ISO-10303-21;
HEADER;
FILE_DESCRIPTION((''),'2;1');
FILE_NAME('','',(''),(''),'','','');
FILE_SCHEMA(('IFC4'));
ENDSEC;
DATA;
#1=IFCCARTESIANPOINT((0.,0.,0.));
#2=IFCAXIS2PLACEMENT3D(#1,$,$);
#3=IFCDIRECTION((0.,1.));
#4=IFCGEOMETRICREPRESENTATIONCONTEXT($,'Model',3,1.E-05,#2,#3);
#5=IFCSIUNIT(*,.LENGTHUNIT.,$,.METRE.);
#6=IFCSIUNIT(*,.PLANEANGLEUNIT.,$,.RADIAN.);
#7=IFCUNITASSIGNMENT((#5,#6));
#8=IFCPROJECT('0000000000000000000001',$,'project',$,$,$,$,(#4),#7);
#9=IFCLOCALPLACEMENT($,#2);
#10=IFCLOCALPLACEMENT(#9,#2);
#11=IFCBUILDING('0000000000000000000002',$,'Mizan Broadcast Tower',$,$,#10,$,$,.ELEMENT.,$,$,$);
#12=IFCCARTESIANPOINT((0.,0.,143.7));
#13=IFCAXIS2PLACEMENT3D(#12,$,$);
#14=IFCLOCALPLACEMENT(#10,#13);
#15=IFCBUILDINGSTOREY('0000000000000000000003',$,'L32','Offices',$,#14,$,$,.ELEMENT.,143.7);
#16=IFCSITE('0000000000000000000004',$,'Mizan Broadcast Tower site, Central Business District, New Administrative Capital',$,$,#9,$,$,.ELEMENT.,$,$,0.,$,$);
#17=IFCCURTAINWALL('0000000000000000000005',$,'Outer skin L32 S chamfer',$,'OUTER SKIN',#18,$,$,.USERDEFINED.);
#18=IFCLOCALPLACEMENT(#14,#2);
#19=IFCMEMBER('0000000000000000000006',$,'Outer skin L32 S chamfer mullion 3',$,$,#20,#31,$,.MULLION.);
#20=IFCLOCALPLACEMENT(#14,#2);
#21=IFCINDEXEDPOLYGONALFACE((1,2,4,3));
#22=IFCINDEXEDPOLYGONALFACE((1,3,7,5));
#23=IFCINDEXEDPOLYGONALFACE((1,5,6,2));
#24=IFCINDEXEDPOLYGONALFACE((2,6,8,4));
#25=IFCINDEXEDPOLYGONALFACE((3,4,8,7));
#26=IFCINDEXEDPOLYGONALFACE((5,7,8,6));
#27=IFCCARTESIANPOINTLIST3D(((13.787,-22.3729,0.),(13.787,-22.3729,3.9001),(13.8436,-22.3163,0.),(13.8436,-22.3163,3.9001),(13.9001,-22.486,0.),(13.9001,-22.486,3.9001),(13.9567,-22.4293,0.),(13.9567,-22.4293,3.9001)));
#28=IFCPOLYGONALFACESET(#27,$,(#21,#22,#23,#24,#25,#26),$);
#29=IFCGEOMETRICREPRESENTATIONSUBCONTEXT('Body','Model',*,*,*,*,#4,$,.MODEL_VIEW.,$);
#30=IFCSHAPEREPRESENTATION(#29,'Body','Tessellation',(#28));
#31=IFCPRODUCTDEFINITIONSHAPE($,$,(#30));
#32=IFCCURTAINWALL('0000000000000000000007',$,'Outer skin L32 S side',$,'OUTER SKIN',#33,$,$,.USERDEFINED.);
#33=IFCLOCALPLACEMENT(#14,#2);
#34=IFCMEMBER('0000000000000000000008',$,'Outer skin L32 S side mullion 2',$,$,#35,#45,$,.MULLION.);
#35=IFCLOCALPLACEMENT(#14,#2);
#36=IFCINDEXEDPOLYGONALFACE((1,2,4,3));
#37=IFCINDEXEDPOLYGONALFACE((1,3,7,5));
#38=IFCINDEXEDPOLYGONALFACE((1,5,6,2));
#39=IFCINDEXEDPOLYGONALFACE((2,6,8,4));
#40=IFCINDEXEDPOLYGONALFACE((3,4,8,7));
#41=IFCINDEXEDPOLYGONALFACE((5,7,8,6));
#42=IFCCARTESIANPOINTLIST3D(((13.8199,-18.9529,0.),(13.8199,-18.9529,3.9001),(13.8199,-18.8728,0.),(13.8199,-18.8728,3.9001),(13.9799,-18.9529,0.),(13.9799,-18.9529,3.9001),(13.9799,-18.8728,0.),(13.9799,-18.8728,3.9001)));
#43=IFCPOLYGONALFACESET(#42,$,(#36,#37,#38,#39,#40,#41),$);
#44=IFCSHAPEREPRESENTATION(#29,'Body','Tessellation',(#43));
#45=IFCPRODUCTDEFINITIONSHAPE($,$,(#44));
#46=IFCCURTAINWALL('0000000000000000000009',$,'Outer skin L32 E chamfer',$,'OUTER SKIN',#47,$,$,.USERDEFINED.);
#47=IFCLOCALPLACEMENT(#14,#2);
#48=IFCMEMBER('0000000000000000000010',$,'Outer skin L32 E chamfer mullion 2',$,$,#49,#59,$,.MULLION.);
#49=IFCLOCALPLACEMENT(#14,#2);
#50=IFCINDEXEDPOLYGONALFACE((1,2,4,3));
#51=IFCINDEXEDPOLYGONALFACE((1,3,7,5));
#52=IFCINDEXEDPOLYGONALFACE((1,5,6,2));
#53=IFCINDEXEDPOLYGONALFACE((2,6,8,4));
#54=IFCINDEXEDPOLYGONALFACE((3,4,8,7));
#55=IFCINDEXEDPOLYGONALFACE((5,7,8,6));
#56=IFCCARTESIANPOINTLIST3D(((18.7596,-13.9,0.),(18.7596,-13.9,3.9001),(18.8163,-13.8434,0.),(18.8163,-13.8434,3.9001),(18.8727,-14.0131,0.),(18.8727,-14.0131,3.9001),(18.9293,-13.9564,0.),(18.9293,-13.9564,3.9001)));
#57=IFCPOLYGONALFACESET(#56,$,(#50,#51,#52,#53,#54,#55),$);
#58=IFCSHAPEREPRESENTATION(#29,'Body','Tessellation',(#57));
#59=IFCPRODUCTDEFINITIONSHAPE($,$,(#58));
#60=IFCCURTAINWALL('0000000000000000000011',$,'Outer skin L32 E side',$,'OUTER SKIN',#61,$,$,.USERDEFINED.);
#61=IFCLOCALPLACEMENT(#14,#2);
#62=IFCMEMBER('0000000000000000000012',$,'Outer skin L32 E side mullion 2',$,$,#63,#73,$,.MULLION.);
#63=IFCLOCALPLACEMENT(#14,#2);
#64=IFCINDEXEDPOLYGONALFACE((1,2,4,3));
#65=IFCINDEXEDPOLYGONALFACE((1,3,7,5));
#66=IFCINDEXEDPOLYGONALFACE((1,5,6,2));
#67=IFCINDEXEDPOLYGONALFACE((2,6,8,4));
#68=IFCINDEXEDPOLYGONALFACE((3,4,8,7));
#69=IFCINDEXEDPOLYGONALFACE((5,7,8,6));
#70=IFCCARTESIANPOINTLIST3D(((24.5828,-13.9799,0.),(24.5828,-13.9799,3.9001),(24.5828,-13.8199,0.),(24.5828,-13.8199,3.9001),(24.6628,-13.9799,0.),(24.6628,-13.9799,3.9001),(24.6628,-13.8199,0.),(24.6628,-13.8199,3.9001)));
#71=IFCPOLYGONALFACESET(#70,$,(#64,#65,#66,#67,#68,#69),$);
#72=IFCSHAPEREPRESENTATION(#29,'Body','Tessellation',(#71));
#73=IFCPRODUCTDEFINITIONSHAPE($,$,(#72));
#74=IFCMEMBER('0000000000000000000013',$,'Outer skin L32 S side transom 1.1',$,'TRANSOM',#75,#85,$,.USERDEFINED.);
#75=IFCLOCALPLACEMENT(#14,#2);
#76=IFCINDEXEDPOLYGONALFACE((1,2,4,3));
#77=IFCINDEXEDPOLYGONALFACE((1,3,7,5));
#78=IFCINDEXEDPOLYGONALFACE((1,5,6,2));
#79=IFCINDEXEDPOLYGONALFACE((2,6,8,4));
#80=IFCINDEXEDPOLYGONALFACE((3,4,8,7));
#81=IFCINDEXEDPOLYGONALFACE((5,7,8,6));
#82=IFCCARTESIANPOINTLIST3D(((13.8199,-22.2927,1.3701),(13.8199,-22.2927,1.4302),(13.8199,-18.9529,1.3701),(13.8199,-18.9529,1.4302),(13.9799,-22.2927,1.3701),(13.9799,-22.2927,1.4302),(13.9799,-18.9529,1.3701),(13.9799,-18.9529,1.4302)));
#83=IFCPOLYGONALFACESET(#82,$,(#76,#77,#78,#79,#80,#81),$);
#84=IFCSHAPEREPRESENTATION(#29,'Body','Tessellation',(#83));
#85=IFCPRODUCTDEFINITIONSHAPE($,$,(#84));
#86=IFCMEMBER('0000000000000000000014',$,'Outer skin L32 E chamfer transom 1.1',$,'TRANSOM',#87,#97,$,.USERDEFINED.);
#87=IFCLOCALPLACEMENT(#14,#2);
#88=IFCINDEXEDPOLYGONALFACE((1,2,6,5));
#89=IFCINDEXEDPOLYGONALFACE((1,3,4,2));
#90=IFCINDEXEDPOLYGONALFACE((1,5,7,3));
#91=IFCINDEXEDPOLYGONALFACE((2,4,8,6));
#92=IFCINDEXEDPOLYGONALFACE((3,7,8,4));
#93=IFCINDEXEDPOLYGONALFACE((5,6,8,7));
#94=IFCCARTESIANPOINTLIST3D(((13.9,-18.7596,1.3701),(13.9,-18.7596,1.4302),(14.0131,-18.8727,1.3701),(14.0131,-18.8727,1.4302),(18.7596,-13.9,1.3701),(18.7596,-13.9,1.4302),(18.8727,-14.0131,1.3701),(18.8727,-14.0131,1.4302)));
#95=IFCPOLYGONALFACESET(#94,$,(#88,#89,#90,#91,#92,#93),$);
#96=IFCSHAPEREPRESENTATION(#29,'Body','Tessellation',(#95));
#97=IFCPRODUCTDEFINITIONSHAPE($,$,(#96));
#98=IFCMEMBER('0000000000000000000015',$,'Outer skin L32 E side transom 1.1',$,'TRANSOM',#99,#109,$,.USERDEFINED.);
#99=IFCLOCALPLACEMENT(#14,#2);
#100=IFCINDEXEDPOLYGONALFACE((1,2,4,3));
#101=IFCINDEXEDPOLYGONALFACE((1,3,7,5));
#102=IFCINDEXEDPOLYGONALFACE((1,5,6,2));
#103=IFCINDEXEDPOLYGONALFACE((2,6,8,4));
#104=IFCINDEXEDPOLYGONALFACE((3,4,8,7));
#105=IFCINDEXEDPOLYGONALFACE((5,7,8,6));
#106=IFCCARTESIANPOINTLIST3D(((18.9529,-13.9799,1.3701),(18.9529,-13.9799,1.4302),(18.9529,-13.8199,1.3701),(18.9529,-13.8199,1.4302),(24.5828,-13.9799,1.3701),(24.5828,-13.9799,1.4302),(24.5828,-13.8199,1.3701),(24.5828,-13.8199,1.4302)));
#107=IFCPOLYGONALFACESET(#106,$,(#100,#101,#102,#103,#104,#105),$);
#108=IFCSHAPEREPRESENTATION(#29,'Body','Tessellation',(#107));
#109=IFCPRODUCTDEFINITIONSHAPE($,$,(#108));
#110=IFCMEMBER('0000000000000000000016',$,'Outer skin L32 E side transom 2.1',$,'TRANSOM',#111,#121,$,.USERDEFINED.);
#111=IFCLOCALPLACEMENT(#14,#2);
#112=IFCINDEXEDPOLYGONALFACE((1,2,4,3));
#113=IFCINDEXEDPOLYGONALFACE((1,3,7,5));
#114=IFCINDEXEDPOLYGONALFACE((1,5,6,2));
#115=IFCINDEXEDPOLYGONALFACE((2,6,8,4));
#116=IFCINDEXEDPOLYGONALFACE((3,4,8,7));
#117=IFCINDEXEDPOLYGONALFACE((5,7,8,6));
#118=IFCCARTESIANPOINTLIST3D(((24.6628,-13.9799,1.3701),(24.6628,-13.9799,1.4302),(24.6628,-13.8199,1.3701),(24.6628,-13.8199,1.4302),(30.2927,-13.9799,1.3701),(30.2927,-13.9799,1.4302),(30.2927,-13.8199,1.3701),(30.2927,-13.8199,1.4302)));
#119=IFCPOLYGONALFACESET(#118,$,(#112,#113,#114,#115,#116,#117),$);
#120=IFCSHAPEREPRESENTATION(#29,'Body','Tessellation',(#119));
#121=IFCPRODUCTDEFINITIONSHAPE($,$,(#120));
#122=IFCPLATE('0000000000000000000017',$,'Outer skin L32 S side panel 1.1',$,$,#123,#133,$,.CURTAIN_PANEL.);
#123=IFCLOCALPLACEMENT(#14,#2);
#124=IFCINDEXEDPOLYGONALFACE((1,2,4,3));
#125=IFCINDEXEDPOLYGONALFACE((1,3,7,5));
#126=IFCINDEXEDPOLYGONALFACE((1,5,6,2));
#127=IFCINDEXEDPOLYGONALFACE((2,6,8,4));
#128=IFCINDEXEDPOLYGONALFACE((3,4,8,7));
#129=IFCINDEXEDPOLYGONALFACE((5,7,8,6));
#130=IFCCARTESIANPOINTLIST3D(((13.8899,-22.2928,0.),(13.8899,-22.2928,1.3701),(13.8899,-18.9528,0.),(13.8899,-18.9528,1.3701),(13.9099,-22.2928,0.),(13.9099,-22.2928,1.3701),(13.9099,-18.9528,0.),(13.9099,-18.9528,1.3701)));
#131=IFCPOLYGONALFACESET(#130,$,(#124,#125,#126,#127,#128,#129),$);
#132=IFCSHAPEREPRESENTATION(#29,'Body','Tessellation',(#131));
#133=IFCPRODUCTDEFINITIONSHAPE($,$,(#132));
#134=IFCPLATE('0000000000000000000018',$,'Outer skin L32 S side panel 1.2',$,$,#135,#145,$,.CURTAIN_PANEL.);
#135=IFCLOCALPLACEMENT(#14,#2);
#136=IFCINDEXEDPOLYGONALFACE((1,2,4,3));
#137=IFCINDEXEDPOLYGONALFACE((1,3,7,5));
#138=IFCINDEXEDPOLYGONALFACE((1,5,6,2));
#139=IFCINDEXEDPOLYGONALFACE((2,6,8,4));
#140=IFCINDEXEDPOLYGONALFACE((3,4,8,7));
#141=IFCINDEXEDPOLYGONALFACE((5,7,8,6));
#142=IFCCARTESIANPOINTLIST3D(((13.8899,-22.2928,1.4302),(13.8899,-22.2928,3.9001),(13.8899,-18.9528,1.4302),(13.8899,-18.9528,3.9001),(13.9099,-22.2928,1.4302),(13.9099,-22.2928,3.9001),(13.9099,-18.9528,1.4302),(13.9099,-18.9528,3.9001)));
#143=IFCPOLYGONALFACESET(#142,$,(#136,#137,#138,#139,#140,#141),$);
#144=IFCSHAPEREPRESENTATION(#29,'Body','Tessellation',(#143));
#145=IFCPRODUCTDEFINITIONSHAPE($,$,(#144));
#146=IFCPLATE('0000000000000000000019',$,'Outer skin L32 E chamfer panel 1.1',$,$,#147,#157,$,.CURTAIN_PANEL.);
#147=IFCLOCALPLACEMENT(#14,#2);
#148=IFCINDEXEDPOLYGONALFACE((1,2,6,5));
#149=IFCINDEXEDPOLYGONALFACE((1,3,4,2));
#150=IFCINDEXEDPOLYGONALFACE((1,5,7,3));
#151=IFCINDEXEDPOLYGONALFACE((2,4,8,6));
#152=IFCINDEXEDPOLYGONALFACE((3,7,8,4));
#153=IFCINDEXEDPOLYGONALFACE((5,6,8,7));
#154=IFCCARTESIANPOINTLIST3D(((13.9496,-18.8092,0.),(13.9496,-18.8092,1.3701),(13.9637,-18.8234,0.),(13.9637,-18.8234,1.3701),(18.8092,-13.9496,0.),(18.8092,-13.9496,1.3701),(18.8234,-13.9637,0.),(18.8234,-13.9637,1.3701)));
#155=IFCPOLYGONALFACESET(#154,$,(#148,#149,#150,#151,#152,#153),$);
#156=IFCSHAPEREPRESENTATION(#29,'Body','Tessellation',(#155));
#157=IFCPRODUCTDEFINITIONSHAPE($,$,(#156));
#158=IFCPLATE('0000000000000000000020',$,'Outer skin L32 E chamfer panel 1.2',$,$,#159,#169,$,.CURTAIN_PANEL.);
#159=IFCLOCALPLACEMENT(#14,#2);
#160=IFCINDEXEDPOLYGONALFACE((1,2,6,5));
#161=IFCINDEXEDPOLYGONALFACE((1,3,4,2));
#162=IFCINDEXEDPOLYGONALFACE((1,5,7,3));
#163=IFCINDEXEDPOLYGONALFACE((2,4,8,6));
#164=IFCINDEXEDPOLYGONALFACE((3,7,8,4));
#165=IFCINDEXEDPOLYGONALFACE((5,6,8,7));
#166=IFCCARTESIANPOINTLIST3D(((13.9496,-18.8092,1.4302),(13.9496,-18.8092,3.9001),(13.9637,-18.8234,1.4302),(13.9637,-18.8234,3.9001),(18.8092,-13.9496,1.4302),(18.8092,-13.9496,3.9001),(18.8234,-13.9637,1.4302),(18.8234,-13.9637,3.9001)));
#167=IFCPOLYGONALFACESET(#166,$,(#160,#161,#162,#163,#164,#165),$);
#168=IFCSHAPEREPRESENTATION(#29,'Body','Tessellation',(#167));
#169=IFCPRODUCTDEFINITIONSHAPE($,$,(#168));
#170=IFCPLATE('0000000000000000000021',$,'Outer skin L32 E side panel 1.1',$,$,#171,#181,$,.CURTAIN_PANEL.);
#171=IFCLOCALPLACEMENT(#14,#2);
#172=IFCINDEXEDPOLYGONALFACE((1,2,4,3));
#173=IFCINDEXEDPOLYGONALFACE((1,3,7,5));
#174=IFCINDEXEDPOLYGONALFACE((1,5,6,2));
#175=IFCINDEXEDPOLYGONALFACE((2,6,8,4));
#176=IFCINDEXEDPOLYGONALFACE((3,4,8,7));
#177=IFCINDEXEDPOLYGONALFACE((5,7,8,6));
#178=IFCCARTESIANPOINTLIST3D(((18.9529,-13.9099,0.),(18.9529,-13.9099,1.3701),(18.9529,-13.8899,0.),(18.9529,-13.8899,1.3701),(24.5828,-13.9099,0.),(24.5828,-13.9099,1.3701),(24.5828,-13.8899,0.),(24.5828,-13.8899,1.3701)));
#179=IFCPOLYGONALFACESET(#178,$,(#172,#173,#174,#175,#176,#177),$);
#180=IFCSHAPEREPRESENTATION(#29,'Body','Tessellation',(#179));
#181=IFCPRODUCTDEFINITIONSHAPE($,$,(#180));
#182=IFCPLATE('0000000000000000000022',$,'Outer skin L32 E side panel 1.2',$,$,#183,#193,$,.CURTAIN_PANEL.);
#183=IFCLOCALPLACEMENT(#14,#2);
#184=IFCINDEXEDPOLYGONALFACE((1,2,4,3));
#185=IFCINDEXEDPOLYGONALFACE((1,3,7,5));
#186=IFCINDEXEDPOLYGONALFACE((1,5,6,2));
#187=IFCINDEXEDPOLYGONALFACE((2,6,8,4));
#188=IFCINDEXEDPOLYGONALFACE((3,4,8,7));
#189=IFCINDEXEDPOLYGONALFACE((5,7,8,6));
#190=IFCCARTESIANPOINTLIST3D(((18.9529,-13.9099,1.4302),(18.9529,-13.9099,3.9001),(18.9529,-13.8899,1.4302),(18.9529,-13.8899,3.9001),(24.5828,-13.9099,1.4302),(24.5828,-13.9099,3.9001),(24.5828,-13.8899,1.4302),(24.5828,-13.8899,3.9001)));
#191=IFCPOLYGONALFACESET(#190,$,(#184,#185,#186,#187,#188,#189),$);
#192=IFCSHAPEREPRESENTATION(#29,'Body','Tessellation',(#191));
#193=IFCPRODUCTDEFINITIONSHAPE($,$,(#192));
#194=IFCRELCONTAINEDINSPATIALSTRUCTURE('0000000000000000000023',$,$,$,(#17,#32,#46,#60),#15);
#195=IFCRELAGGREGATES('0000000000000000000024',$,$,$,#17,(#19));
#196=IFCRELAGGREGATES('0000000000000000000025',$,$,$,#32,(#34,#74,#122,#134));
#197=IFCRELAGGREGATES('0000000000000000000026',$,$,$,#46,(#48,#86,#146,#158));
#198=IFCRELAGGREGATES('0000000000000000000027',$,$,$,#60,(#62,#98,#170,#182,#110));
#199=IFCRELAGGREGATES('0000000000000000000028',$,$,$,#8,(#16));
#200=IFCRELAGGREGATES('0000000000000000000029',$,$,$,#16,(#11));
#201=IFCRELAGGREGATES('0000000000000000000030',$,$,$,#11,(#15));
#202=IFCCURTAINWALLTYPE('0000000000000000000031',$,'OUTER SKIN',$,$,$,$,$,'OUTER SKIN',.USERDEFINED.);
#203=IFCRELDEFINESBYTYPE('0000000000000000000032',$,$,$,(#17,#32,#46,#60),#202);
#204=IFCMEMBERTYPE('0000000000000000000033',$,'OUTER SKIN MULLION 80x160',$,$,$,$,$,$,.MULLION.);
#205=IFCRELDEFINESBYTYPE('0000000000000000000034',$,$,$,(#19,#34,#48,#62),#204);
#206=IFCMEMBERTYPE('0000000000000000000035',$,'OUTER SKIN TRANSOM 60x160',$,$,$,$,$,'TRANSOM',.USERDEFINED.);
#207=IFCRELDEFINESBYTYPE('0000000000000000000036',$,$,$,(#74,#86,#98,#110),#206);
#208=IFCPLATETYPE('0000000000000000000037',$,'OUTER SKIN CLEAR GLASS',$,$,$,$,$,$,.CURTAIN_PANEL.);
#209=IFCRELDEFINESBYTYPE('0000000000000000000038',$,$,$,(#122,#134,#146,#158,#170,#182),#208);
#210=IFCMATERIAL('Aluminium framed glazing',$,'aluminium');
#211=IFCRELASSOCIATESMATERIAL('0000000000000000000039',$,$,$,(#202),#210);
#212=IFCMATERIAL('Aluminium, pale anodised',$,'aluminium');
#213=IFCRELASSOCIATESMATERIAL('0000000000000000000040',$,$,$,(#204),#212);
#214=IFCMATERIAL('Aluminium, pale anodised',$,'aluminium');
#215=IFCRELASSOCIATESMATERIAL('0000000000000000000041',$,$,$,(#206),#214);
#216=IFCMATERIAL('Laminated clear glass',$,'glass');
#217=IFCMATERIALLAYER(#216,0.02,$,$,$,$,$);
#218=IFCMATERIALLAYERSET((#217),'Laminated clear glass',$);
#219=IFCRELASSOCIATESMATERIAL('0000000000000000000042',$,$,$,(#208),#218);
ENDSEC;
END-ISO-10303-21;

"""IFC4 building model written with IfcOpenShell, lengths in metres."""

from ifc_helpers import new_model, si_unit, direction, frame, origin, origin_2d, place, context, subcontext, project, spatial, rectangle, extrude, material, layer, layer_set, material_profile, profile_set, type_object, element, aggregate, save


model = new_model("IFC4")

# Units and contexts
model_context = context("Model", 3, precision=1e-05, world=origin(), true_north=direction((0.0, 1.0)))
body_context = subcontext(model_context, "Body", "Model", "MODEL_VIEW")
ifc_project = project(units=[si_unit("LENGTHUNIT", "METRE"), si_unit("PLANEANGLEUNIT", "RADIAN")], contexts=[model_context])

# Site, building, storey
site_placement = place(None, origin())
site = spatial("IfcSite", under=ifc_project, at=site_placement, Name="Mizan Broadcast Tower site, Central Business District, New Administrative Capital", CompositionType="ELEMENT", RefElevation=0.0)
building_placement = place(site_placement, origin())
building = spatial("IfcBuilding", under=site, at=building_placement, Name="Mizan Broadcast Tower", CompositionType="ELEMENT")
storey_placement = place(building_placement, frame((0.0, 0.0, 143.7)))
storey = spatial("IfcBuildingStorey", under=building, at=storey_placement, Name="L32", Description="Offices", CompositionType="ELEMENT", Elevation=143.7)

# Curtain walls, members
ifc_material_1 = material(Name="Aluminium framed glazing", Category="aluminium")
curtain_wall_type = type_object("IfcCurtainWallType", Name="OUTER SKIN", ElementType="OUTER SKIN", PredefinedType="USERDEFINED", material=ifc_material_1)
curtain_wall_1_placement = place(storey_placement, origin())
curtain_wall_1 = element("IfcCurtainWall", 1, at=curtain_wall_1_placement, inside=storey, type_object=curtain_wall_type, Name="Outer skin L32 S chamfer", ObjectType="OUTER SKIN", PredefinedType="USERDEFINED")
ifc_material_2 = material(Name="Aluminium, pale anodised", Category="aluminium")
ifc_material_profile_1 = material_profile(ifc_material_2, rectangle(XDim=0.1599, YDim=0.0801, at=origin_2d()), Name="MULLION 160x80")
ifc_profile_set_1 = profile_set([ifc_material_profile_1], Name="Aluminium, pale anodised")
member_type_1 = type_object("IfcMemberType", Name="OUTER SKIN MULLION 80x160", PredefinedType="MULLION", material=ifc_profile_set_1)
member_1_placement = place(storey_placement, frame((13.8718, -22.4011, 0.0), z_axis=(0.0, 0.0, 1.0), x_axis=(-0.707107, 0.707107, 0.0)))
member_1 = element("IfcMember", 2, at=member_1_placement, type_object=member_type_1, Name="Outer skin L32 S chamfer mullion 3", PredefinedType="MULLION", context=body_context, shape_type="SweptSolid", body=[
    extrude(rectangle(XDim=0.1599, YDim=0.0801, at=origin_2d()), origin(), (0.0, 0.0, 1.0), 3.9001),
])
aggregate(curtain_wall_1, [member_1])
curtain_wall_2_placement = place(storey_placement, origin())
curtain_wall_2 = element("IfcCurtainWall", 3, at=curtain_wall_2_placement, inside=storey, type_object=curtain_wall_type, Name="Outer skin L32 S side", ObjectType="OUTER SKIN", PredefinedType="USERDEFINED")
member_2_placement = place(storey_placement, frame((13.8999, -18.9128, 0.0), z_axis=(0.0, 0.0, 1.0), x_axis=(-1.0, 0.0, 0.0)))
member_2 = element("IfcMember", 4, at=member_2_placement, type_object=member_type_1, Name="Outer skin L32 S side mullion 2", PredefinedType="MULLION", context=body_context, shape_type="SweptSolid", body=[
    extrude(rectangle(XDim=0.1599, YDim=0.0801, at=origin_2d()), origin(), (0.0, 0.0, 1.0), 3.9001),
])
curtain_wall_3_placement = place(storey_placement, origin())
curtain_wall_3 = element("IfcCurtainWall", 5, at=curtain_wall_3_placement, inside=storey, type_object=curtain_wall_type, Name="Outer skin L32 E chamfer", ObjectType="OUTER SKIN", PredefinedType="USERDEFINED")
member_3_placement = place(storey_placement, frame((18.8445, -13.9282, 0.0), z_axis=(0.0, 0.0, 1.0), x_axis=(-0.707107, 0.707107, 0.0)))
member_3 = element("IfcMember", 6, at=member_3_placement, type_object=member_type_1, Name="Outer skin L32 E chamfer mullion 2", PredefinedType="MULLION", context=body_context, shape_type="SweptSolid", body=[
    extrude(rectangle(XDim=0.1599, YDim=0.0801, at=origin_2d()), origin(), (0.0, 0.0, 1.0), 3.9001),
])
curtain_wall_4_placement = place(storey_placement, origin())
curtain_wall_4 = element("IfcCurtainWall", 7, at=curtain_wall_4_placement, inside=storey, type_object=curtain_wall_type, Name="Outer skin L32 E side", ObjectType="OUTER SKIN", PredefinedType="USERDEFINED")
member_4_placement = place(storey_placement, frame((24.6228, -13.8999, 0.0), z_axis=(0.0, 0.0, 1.0), x_axis=(0.0, 1.0, 0.0)))
member_4 = element("IfcMember", 8, at=member_4_placement, type_object=member_type_1, Name="Outer skin L32 E side mullion 2", PredefinedType="MULLION", context=body_context, shape_type="SweptSolid", body=[
    extrude(rectangle(XDim=0.1599, YDim=0.0801, at=origin_2d()), origin(), (0.0, 0.0, 1.0), 3.9001),
])

# Members
ifc_material_3 = material(Name="Aluminium, pale anodised", Category="aluminium")
ifc_material_profile_2 = material_profile(ifc_material_3, rectangle(XDim=0.1599, YDim=0.0601, at=origin_2d()), Name="TRANSOM 160x60")
ifc_profile_set_2 = profile_set([ifc_material_profile_2], Name="Aluminium, pale anodised")
member_type_2 = type_object("IfcMemberType", Name="OUTER SKIN TRANSOM 60x160", ElementType="TRANSOM", PredefinedType="USERDEFINED", material=ifc_profile_set_2)
member_5_placement = place(storey_placement, frame((13.8999, -22.2927, 1.4001), z_axis=(0.0, 1.0, 0.0), x_axis=(-1.0, 0.0, 0.0)))
member_5 = element("IfcMember", 9, at=member_5_placement, type_object=member_type_2, Name="Outer skin L32 S side transom 1.1", ObjectType="TRANSOM", PredefinedType="USERDEFINED", context=body_context, shape_type="SweptSolid", body=[
    extrude(rectangle(XDim=0.1599, YDim=0.0601, at=origin_2d()), origin(), (0.0, 0.0, 1.0), 3.3398),
])
member_6_placement = place(storey_placement, frame((13.9565, -18.8162, 1.4001), z_axis=(0.707107, 0.707107, 0.0), x_axis=(-0.707107, 0.707107, 0.0)))
member_6 = element("IfcMember", 10, at=member_6_placement, type_object=member_type_2, Name="Outer skin L32 E chamfer transom 1.1", ObjectType="TRANSOM", PredefinedType="USERDEFINED", context=body_context, shape_type="SweptSolid", body=[
    extrude(rectangle(XDim=0.1599, YDim=0.0601, at=origin_2d()), origin(), (0.0, 0.0, 1.0), 6.8726),
])
member_7_placement = place(storey_placement, frame((18.9529, -13.8999, 1.4001), z_axis=(1.0, 0.0, 0.0), x_axis=(0.0, 1.0, 0.0)))
member_7 = element("IfcMember", 11, at=member_7_placement, type_object=member_type_2, Name="Outer skin L32 E side transom 1.1", ObjectType="TRANSOM", PredefinedType="USERDEFINED", context=body_context, shape_type="SweptSolid", body=[
    extrude(rectangle(XDim=0.1599, YDim=0.0601, at=origin_2d()), origin(), (0.0, 0.0, 1.0), 5.6299),
])
member_8_placement = place(storey_placement, frame((24.6628, -13.8999, 1.4001), z_axis=(1.0, 0.0, 0.0), x_axis=(0.0, 1.0, 0.0)))
member_8 = element("IfcMember", 12, at=member_8_placement, type_object=member_type_2, Name="Outer skin L32 E side transom 2.1", ObjectType="TRANSOM", PredefinedType="USERDEFINED", context=body_context, shape_type="SweptSolid", body=[
    extrude(rectangle(XDim=0.1599, YDim=0.0601, at=origin_2d()), origin(), (0.0, 0.0, 1.0), 5.6299),
])

# Plates
ifc_material_4 = material(Name="Laminated clear glass", Category="glass")
ifc_layer = layer(ifc_material_4, 0.02)
ifc_layer_set = layer_set([ifc_layer], Name="Laminated clear glass")
plate_type = type_object("IfcPlateType", Name="OUTER SKIN CLEAR GLASS", PredefinedType="CURTAIN_PANEL", material=ifc_layer_set)
plate_1_placement = place(storey_placement, frame((13.8999, -20.6228, 0.0), z_axis=(0.0, 0.0, 1.0), x_axis=(0.0, 1.0, 0.0)))
plate_1 = element("IfcPlate", 13, at=plate_1_placement, type_object=plate_type, Name="Outer skin L32 S side panel 1.1", PredefinedType="CURTAIN_PANEL", context=body_context, shape_type="SweptSolid", body=[
    extrude(rectangle(XDim=3.3401, YDim=0.02, at=origin_2d()), origin(), (0.0, 0.0, 1.0), 1.3701),
])
plate_2_placement = place(storey_placement, frame((13.8999, -20.6228, 1.4302), z_axis=(0.0, 0.0, 1.0), x_axis=(0.0, 1.0, 0.0)))
plate_2 = element("IfcPlate", 14, at=plate_2_placement, type_object=plate_type, Name="Outer skin L32 S side panel 1.2", PredefinedType="CURTAIN_PANEL", context=body_context, shape_type="SweptSolid", body=[
    extrude(rectangle(XDim=3.3401, YDim=0.02, at=origin_2d()), origin(), (0.0, 0.0, 1.0), 2.47),
])
aggregate(curtain_wall_2, [member_2, member_5, plate_1, plate_2])
plate_3_placement = place(storey_placement, frame((16.3865, -16.3865, 0.0), z_axis=(0.0, 0.0, 1.0), x_axis=(0.707107, 0.707107, 0.0)))
plate_3 = element("IfcPlate", 15, at=plate_3_placement, type_object=plate_type, Name="Outer skin L32 E chamfer panel 1.1", PredefinedType="CURTAIN_PANEL", context=body_context, shape_type="SweptSolid", body=[
    extrude(rectangle(XDim=6.8726, YDim=0.02, at=origin_2d()), origin(), (0.0, 0.0, 1.0), 1.3701),
])
plate_4_placement = place(storey_placement, frame((16.3865, -16.3865, 1.4302), z_axis=(0.0, 0.0, 1.0), x_axis=(0.707107, 0.707107, 0.0)))
plate_4 = element("IfcPlate", 16, at=plate_4_placement, type_object=plate_type, Name="Outer skin L32 E chamfer panel 1.2", PredefinedType="CURTAIN_PANEL", context=body_context, shape_type="SweptSolid", body=[
    extrude(rectangle(XDim=6.8726, YDim=0.02, at=origin_2d()), origin(), (0.0, 0.0, 1.0), 2.47),
])
aggregate(curtain_wall_3, [member_3, member_6, plate_3, plate_4])
plate_5_placement = place(storey_placement, frame((21.7678, -13.8999, 0.0), z_axis=(0.0, 0.0, 1.0), x_axis=(1.0, 0.0, 0.0)))
plate_5 = element("IfcPlate", 17, at=plate_5_placement, type_object=plate_type, Name="Outer skin L32 E side panel 1.1", PredefinedType="CURTAIN_PANEL", context=body_context, shape_type="SweptSolid", body=[
    extrude(rectangle(XDim=5.6299, YDim=0.02, at=origin_2d()), origin(), (0.0, 0.0, 1.0), 1.3701),
])
plate_6_placement = place(storey_placement, frame((21.7678, -13.8999, 1.4302), z_axis=(0.0, 0.0, 1.0), x_axis=(1.0, 0.0, 0.0)))
plate_6 = element("IfcPlate", 18, at=plate_6_placement, type_object=plate_type, Name="Outer skin L32 E side panel 1.2", PredefinedType="CURTAIN_PANEL", context=body_context, shape_type="SweptSolid", body=[
    extrude(rectangle(XDim=5.6299, YDim=0.02, at=origin_2d()), origin(), (0.0, 0.0, 1.0), 2.47),
])
aggregate(curtain_wall_4, [member_4, member_7, plate_5, plate_6, member_8])

save(model, "model.ifc")
